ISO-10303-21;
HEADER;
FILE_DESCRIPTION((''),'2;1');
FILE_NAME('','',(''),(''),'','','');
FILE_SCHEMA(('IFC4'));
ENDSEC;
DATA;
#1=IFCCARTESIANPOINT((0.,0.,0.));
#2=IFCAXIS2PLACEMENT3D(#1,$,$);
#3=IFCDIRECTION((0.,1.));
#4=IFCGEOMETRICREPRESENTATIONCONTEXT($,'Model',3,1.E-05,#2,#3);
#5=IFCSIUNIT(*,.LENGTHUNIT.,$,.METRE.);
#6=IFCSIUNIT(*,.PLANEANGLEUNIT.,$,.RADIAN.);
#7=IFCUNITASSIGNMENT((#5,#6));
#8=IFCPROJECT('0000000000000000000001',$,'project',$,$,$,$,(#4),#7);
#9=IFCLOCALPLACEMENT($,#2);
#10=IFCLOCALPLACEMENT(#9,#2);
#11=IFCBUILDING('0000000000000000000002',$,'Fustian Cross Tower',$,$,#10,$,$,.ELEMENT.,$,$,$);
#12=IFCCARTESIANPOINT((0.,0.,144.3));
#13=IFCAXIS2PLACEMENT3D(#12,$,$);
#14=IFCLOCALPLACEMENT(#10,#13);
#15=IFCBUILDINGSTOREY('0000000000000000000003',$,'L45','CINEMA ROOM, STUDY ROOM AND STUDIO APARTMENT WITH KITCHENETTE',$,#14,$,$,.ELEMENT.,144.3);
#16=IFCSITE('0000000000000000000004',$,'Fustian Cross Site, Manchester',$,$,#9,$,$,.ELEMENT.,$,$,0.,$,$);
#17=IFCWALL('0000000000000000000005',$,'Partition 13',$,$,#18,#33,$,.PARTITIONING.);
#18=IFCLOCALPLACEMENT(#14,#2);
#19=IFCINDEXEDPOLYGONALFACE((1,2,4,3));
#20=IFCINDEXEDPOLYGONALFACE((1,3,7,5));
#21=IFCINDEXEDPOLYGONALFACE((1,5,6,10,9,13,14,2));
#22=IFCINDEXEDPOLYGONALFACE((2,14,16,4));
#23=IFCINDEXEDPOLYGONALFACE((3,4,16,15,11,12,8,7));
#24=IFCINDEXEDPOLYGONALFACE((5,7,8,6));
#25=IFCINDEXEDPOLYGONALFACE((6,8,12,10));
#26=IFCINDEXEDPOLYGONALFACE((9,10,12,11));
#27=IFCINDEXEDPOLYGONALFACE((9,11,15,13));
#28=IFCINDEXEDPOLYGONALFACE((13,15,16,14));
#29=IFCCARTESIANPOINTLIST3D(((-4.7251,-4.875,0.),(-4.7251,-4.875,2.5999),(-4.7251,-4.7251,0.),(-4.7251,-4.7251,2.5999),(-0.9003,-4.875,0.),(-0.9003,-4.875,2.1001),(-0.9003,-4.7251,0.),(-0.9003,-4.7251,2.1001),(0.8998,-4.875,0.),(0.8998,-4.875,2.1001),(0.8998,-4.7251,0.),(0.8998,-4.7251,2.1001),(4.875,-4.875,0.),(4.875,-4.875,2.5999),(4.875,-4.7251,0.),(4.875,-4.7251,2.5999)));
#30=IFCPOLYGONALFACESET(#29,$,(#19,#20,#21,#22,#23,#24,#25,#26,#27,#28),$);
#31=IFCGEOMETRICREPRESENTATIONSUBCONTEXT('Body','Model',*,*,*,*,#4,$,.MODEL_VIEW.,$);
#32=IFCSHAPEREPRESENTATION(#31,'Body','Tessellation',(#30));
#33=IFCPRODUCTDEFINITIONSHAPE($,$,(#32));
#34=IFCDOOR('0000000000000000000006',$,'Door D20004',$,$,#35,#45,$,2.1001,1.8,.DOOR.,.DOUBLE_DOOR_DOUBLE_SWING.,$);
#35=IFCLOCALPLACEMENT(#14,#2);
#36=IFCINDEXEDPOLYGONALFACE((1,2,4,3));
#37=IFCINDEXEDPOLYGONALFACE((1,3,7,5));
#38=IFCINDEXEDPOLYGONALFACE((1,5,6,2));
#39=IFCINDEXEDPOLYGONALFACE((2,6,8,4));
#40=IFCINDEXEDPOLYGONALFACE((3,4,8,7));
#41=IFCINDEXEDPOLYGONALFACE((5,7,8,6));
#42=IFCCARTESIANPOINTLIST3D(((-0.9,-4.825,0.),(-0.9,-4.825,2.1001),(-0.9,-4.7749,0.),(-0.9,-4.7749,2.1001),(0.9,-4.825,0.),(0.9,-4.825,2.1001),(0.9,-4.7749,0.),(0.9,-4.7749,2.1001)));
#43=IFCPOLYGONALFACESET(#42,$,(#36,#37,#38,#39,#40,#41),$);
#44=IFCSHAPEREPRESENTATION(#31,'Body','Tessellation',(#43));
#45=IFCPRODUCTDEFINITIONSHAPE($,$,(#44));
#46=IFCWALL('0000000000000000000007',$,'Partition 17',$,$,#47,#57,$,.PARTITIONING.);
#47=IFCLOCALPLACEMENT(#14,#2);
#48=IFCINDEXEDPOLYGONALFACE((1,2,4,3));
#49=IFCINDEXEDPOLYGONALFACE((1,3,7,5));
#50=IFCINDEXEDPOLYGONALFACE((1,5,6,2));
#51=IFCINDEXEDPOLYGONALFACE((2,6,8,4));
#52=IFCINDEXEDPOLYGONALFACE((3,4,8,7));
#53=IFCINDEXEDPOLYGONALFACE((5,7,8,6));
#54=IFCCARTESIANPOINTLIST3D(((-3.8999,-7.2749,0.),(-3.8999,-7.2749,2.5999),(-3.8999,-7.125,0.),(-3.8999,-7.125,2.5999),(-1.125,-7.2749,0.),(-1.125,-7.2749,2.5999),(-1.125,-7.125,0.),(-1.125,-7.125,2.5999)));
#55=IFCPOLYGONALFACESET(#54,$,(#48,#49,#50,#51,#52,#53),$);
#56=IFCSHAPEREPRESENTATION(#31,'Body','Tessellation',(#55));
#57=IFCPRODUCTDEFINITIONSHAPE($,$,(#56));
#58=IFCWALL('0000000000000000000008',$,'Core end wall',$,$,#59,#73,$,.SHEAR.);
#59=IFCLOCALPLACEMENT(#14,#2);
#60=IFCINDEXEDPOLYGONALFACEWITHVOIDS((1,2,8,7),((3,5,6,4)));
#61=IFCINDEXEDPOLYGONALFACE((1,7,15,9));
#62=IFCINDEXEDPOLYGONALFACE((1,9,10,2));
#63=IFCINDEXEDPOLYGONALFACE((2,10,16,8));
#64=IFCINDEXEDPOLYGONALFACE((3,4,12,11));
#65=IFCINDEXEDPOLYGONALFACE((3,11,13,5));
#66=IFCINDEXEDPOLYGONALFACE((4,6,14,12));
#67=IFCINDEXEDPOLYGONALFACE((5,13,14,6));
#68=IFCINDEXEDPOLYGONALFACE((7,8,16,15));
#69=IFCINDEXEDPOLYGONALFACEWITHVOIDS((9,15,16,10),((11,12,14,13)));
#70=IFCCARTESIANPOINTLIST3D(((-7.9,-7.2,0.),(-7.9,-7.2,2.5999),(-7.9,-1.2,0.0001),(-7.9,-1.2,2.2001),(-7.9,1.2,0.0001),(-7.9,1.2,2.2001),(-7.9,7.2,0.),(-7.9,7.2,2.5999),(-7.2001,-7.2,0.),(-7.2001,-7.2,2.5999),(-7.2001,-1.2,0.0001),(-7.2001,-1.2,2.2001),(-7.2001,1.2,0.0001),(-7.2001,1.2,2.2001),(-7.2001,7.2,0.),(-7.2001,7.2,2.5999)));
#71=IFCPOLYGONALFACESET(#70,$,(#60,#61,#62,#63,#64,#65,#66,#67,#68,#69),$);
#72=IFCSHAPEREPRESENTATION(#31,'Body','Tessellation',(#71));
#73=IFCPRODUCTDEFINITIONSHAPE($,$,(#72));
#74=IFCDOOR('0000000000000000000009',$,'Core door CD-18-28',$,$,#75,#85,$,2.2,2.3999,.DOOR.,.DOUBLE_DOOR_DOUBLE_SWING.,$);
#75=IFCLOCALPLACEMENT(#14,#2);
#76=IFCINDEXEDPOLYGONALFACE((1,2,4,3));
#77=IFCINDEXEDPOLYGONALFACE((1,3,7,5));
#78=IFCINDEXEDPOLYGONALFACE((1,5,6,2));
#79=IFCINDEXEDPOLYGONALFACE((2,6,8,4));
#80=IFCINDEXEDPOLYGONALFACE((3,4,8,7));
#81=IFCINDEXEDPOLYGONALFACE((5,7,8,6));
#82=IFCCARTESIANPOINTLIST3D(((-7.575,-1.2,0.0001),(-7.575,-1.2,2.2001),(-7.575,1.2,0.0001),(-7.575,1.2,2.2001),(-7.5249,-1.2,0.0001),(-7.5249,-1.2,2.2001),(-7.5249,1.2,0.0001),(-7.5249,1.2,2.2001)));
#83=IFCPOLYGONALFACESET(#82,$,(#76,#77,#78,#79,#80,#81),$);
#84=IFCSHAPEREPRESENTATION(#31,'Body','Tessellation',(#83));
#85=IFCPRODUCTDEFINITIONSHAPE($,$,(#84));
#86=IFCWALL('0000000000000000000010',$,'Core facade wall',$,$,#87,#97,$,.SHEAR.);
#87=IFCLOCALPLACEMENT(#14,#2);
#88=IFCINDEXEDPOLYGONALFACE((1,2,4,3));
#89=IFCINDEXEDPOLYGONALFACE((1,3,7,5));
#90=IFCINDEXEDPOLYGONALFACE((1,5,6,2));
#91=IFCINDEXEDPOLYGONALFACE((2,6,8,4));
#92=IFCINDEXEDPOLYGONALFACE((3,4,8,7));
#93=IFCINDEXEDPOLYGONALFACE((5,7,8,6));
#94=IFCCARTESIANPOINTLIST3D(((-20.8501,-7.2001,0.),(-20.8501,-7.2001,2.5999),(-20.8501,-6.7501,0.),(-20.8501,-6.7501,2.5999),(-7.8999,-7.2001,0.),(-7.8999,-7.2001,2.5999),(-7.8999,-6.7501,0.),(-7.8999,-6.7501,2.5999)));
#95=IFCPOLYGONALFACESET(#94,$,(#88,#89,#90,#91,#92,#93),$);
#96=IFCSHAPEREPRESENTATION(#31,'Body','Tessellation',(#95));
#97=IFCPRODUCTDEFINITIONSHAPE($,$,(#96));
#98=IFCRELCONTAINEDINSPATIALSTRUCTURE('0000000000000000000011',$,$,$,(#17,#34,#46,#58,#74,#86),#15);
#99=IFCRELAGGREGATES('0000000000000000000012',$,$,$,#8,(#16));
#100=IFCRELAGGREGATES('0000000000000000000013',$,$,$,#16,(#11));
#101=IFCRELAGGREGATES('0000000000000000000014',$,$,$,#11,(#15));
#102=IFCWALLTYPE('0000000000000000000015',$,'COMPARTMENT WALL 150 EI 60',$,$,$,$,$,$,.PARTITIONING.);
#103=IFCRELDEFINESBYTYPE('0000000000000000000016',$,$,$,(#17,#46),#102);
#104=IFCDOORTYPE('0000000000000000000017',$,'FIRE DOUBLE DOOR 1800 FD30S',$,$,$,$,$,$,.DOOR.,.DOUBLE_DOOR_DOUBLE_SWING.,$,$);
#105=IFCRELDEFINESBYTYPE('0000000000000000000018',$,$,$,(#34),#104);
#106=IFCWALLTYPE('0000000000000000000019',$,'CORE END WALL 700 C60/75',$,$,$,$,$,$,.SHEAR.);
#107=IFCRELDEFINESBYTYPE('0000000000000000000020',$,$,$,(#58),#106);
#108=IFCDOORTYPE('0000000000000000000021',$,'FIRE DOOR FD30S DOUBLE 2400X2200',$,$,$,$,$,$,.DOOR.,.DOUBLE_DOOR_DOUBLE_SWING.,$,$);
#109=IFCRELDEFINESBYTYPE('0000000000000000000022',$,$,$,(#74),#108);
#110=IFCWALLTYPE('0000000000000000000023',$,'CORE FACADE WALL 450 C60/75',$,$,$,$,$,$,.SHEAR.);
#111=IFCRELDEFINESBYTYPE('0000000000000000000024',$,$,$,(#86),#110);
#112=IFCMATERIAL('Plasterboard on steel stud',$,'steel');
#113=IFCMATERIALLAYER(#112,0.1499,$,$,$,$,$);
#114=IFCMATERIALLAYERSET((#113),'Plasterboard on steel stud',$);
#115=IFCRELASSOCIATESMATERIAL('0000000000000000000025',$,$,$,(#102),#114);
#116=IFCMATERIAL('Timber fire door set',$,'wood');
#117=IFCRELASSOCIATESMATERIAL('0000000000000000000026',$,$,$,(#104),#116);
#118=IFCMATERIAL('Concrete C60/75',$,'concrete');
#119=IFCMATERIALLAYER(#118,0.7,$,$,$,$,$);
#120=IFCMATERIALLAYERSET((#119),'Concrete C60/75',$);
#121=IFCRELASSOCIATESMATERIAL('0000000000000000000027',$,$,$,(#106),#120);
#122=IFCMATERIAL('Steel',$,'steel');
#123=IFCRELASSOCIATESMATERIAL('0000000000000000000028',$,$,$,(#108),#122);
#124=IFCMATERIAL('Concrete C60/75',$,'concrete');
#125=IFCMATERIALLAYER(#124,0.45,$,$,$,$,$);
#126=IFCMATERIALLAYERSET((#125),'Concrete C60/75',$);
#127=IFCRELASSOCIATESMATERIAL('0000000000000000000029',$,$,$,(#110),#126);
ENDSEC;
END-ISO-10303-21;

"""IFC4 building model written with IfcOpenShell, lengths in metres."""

from ifc_helpers import new_model, si_unit, direction, frame, frame_2d, origin, place, context, subcontext, project, spatial, rectangle, extrude, material, layer, layer_set, type_object, element, fill, save


model = new_model("IFC4")

# Units and contexts
model_context = context("Model", 3, precision=1e-05, world=origin(), true_north=direction((0.0, 1.0)))
body_context = subcontext(model_context, "Body", "Model", "MODEL_VIEW")
ifc_project = project(units=[si_unit("LENGTHUNIT", "METRE"), si_unit("PLANEANGLEUNIT", "RADIAN")], contexts=[model_context])

# Site, building, storey
site_placement = place(None, origin())
site = spatial("IfcSite", under=ifc_project, at=site_placement, Name="Fustian Cross Site, Manchester", CompositionType="ELEMENT", RefElevation=0.0)
building_placement = place(site_placement, origin())
building = spatial("IfcBuilding", under=site, at=building_placement, Name="Fustian Cross Tower", CompositionType="ELEMENT")
storey_placement = place(building_placement, frame((0.0, 0.0, 144.3)))
storey = spatial("IfcBuildingStorey", under=building, at=storey_placement, Name="L45", Description="CINEMA ROOM, STUDY ROOM AND STUDIO APARTMENT WITH KITCHENETTE", CompositionType="ELEMENT", Elevation=144.3)

# Shared definitions
ifc_material_1 = material(Name="Plasterboard on steel stud", Category="steel")
ifc_layer_1 = layer(ifc_material_1, 0.1499)
ifc_layer_set_1 = layer_set([ifc_layer_1], Name="Plasterboard on steel stud")
wall_type_1 = type_object("IfcWallType", Name="COMPARTMENT WALL 150 EI 60", PredefinedType="PARTITIONING", material=ifc_layer_set_1)

# Wall, opening, door
wall_1_placement = place(storey_placement, frame((-4.7251, -4.8, 0.0), z_axis=(0.0, 0.0, 1.0), x_axis=(1.0, 0.0, 0.0)))
wall_1 = element("IfcWall", 1, at=wall_1_placement, inside=storey, type_object=wall_type_1, Name="Partition 13", PredefinedType="PARTITIONING", context=body_context, shape_type="SweptSolid", body=[
    extrude(rectangle(XDim=9.6001, YDim=0.1499, at=frame_2d((4.8, 0.0))), origin(), (0.0, 0.0, 1.0), 2.5999),
])
opening_1_placement = place(wall_1_placement, frame((3.825, 0.0, 0.0)))
opening_1 = element("IfcOpeningElement", 2, at=opening_1_placement, cuts=wall_1, PredefinedType="OPENING", context=body_context, shape_type="SweptSolid", body=[
    extrude(rectangle(XDim=1.8, YDim=2.1001, at=frame_2d((0.8999, 1.05))), frame((0.0, 0.085, 0.0), z_axis=(0.0, -1.0, 0.0), x_axis=(1.0, 0.0, 0.0)), (0.0, 0.0, 1.0), 0.1699),
])
ifc_material_2 = material(Name="Timber fire door set", Category="wood")
door_type_1 = type_object("IfcDoorType", Name="FIRE DOUBLE DOOR 1800 FD30S", OperationType="DOUBLE_DOOR_DOUBLE_SWING", PredefinedType="DOOR", material=ifc_material_2)
door_1_placement = place(opening_1_placement, frame((1.8, 0.0, 0.0), z_axis=(0.0, 0.0, 1.0), x_axis=(-1.0, 0.0, 0.0)))
door_1 = element("IfcDoor", 3, at=door_1_placement, inside=storey, type_object=door_type_1, Name="Door D20004", OperationType="DOUBLE_DOOR_DOUBLE_SWING", OverallHeight=2.1001, OverallWidth=1.8, PredefinedType="DOOR", context=body_context, shape_type="SweptSolid", body=[
    extrude(rectangle(XDim=1.8, YDim=2.1001, at=frame_2d((0.8999, 1.05))), frame((0.0, 0.0249, 0.0), z_axis=(0.0, -1.0, 0.0), x_axis=(1.0, 0.0, 0.0)), (0.0, 0.0, 1.0), 0.05),
])
fill(opening_1, door_1)

# Wall
wall_2_placement = place(storey_placement, frame((-3.8999, -7.2, 0.0), z_axis=(0.0, 0.0, 1.0), x_axis=(1.0, 0.0, 0.0)))
element("IfcWall", 4, at=wall_2_placement, inside=storey, type_object=wall_type_1, Name="Partition 17", PredefinedType="PARTITIONING", context=body_context, shape_type="SweptSolid", body=[
    extrude(rectangle(XDim=2.7749, YDim=0.1499, at=frame_2d((1.3875, 0.0))), origin(), (0.0, 0.0, 1.0), 2.5999),
])

# Wall, opening, door
ifc_material_3 = material(Name="Concrete C60/75", Category="concrete")
ifc_layer_2 = layer(ifc_material_3, 0.7)
ifc_layer_set_2 = layer_set([ifc_layer_2], Name="Concrete C60/75")
wall_type_2 = type_object("IfcWallType", Name="CORE END WALL 700 C60/75", PredefinedType="SHEAR", material=ifc_layer_set_2)
wall_3_placement = place(storey_placement, frame((-7.55, -7.2, 0.0), z_axis=(0.0, 0.0, 1.0), x_axis=(0.0, 1.0, 0.0)))
wall_3 = element("IfcWall", 5, at=wall_3_placement, inside=storey, type_object=wall_type_2, Name="Core end wall", PredefinedType="SHEAR", context=body_context, shape_type="SweptSolid", body=[
    extrude(rectangle(XDim=14.3999, YDim=0.7, at=frame_2d((7.2, 0.0))), origin(), (0.0, 0.0, 1.0), 2.5999),
])
opening_2_placement = place(wall_3_placement, frame((6.0, 0.0, 0.0)))
opening_2 = element("IfcOpeningElement", 6, at=opening_2_placement, cuts=wall_3, PredefinedType="OPENING", context=body_context, shape_type="SweptSolid", body=[
    extrude(rectangle(XDim=2.3999, YDim=2.2, at=frame_2d((1.2, 1.1001))), frame((0.0, 0.3599, 0.0), z_axis=(0.0, -1.0, 0.0), x_axis=(1.0, 0.0, 0.0)), (0.0, 0.0, 1.0), 0.72),
])
ifc_material_4 = material(Name="Steel", Category="steel")
door_type_2 = type_object("IfcDoorType", Name="FIRE DOOR FD30S DOUBLE 2400X2200", OperationType="DOUBLE_DOOR_DOUBLE_SWING", PredefinedType="DOOR", material=ifc_material_4)
door_2_placement = place(opening_2_placement, origin())
door_2 = element("IfcDoor", 7, at=door_2_placement, inside=storey, type_object=door_type_2, Name="Core door CD-18-28", OperationType="DOUBLE_DOOR_DOUBLE_SWING", OverallHeight=2.2, OverallWidth=2.3999, PredefinedType="DOOR", context=body_context, shape_type="SweptSolid", body=[
    extrude(rectangle(XDim=2.3999, YDim=2.2, at=frame_2d((1.2, 1.1001))), frame((0.0, 0.0249, 0.0), z_axis=(0.0, -1.0, 0.0), x_axis=(1.0, 0.0, 0.0)), (0.0, 0.0, 1.0), 0.05),
])
fill(opening_2, door_2)

# Wall
ifc_material_5 = material(Name="Concrete C60/75", Category="concrete")
ifc_layer_3 = layer(ifc_material_5, 0.45)
ifc_layer_set_3 = layer_set([ifc_layer_3], Name="Concrete C60/75")
wall_type_3 = type_object("IfcWallType", Name="CORE FACADE WALL 450 C60/75", PredefinedType="SHEAR", material=ifc_layer_set_3)
wall_4_placement = place(storey_placement, frame((-7.8999, -6.9751, 0.0), z_axis=(0.0, 0.0, 1.0), x_axis=(-1.0, 0.0, 0.0)))
element("IfcWall", 8, at=wall_4_placement, inside=storey, type_object=wall_type_3, Name="Core facade wall", PredefinedType="SHEAR", context=body_context, shape_type="SweptSolid", body=[
    extrude(rectangle(XDim=12.9502, YDim=0.45, at=frame_2d((6.4751, 0.0))), origin(), (0.0, 0.0, 1.0), 2.5999),
])

save(model, "model.ifc")
